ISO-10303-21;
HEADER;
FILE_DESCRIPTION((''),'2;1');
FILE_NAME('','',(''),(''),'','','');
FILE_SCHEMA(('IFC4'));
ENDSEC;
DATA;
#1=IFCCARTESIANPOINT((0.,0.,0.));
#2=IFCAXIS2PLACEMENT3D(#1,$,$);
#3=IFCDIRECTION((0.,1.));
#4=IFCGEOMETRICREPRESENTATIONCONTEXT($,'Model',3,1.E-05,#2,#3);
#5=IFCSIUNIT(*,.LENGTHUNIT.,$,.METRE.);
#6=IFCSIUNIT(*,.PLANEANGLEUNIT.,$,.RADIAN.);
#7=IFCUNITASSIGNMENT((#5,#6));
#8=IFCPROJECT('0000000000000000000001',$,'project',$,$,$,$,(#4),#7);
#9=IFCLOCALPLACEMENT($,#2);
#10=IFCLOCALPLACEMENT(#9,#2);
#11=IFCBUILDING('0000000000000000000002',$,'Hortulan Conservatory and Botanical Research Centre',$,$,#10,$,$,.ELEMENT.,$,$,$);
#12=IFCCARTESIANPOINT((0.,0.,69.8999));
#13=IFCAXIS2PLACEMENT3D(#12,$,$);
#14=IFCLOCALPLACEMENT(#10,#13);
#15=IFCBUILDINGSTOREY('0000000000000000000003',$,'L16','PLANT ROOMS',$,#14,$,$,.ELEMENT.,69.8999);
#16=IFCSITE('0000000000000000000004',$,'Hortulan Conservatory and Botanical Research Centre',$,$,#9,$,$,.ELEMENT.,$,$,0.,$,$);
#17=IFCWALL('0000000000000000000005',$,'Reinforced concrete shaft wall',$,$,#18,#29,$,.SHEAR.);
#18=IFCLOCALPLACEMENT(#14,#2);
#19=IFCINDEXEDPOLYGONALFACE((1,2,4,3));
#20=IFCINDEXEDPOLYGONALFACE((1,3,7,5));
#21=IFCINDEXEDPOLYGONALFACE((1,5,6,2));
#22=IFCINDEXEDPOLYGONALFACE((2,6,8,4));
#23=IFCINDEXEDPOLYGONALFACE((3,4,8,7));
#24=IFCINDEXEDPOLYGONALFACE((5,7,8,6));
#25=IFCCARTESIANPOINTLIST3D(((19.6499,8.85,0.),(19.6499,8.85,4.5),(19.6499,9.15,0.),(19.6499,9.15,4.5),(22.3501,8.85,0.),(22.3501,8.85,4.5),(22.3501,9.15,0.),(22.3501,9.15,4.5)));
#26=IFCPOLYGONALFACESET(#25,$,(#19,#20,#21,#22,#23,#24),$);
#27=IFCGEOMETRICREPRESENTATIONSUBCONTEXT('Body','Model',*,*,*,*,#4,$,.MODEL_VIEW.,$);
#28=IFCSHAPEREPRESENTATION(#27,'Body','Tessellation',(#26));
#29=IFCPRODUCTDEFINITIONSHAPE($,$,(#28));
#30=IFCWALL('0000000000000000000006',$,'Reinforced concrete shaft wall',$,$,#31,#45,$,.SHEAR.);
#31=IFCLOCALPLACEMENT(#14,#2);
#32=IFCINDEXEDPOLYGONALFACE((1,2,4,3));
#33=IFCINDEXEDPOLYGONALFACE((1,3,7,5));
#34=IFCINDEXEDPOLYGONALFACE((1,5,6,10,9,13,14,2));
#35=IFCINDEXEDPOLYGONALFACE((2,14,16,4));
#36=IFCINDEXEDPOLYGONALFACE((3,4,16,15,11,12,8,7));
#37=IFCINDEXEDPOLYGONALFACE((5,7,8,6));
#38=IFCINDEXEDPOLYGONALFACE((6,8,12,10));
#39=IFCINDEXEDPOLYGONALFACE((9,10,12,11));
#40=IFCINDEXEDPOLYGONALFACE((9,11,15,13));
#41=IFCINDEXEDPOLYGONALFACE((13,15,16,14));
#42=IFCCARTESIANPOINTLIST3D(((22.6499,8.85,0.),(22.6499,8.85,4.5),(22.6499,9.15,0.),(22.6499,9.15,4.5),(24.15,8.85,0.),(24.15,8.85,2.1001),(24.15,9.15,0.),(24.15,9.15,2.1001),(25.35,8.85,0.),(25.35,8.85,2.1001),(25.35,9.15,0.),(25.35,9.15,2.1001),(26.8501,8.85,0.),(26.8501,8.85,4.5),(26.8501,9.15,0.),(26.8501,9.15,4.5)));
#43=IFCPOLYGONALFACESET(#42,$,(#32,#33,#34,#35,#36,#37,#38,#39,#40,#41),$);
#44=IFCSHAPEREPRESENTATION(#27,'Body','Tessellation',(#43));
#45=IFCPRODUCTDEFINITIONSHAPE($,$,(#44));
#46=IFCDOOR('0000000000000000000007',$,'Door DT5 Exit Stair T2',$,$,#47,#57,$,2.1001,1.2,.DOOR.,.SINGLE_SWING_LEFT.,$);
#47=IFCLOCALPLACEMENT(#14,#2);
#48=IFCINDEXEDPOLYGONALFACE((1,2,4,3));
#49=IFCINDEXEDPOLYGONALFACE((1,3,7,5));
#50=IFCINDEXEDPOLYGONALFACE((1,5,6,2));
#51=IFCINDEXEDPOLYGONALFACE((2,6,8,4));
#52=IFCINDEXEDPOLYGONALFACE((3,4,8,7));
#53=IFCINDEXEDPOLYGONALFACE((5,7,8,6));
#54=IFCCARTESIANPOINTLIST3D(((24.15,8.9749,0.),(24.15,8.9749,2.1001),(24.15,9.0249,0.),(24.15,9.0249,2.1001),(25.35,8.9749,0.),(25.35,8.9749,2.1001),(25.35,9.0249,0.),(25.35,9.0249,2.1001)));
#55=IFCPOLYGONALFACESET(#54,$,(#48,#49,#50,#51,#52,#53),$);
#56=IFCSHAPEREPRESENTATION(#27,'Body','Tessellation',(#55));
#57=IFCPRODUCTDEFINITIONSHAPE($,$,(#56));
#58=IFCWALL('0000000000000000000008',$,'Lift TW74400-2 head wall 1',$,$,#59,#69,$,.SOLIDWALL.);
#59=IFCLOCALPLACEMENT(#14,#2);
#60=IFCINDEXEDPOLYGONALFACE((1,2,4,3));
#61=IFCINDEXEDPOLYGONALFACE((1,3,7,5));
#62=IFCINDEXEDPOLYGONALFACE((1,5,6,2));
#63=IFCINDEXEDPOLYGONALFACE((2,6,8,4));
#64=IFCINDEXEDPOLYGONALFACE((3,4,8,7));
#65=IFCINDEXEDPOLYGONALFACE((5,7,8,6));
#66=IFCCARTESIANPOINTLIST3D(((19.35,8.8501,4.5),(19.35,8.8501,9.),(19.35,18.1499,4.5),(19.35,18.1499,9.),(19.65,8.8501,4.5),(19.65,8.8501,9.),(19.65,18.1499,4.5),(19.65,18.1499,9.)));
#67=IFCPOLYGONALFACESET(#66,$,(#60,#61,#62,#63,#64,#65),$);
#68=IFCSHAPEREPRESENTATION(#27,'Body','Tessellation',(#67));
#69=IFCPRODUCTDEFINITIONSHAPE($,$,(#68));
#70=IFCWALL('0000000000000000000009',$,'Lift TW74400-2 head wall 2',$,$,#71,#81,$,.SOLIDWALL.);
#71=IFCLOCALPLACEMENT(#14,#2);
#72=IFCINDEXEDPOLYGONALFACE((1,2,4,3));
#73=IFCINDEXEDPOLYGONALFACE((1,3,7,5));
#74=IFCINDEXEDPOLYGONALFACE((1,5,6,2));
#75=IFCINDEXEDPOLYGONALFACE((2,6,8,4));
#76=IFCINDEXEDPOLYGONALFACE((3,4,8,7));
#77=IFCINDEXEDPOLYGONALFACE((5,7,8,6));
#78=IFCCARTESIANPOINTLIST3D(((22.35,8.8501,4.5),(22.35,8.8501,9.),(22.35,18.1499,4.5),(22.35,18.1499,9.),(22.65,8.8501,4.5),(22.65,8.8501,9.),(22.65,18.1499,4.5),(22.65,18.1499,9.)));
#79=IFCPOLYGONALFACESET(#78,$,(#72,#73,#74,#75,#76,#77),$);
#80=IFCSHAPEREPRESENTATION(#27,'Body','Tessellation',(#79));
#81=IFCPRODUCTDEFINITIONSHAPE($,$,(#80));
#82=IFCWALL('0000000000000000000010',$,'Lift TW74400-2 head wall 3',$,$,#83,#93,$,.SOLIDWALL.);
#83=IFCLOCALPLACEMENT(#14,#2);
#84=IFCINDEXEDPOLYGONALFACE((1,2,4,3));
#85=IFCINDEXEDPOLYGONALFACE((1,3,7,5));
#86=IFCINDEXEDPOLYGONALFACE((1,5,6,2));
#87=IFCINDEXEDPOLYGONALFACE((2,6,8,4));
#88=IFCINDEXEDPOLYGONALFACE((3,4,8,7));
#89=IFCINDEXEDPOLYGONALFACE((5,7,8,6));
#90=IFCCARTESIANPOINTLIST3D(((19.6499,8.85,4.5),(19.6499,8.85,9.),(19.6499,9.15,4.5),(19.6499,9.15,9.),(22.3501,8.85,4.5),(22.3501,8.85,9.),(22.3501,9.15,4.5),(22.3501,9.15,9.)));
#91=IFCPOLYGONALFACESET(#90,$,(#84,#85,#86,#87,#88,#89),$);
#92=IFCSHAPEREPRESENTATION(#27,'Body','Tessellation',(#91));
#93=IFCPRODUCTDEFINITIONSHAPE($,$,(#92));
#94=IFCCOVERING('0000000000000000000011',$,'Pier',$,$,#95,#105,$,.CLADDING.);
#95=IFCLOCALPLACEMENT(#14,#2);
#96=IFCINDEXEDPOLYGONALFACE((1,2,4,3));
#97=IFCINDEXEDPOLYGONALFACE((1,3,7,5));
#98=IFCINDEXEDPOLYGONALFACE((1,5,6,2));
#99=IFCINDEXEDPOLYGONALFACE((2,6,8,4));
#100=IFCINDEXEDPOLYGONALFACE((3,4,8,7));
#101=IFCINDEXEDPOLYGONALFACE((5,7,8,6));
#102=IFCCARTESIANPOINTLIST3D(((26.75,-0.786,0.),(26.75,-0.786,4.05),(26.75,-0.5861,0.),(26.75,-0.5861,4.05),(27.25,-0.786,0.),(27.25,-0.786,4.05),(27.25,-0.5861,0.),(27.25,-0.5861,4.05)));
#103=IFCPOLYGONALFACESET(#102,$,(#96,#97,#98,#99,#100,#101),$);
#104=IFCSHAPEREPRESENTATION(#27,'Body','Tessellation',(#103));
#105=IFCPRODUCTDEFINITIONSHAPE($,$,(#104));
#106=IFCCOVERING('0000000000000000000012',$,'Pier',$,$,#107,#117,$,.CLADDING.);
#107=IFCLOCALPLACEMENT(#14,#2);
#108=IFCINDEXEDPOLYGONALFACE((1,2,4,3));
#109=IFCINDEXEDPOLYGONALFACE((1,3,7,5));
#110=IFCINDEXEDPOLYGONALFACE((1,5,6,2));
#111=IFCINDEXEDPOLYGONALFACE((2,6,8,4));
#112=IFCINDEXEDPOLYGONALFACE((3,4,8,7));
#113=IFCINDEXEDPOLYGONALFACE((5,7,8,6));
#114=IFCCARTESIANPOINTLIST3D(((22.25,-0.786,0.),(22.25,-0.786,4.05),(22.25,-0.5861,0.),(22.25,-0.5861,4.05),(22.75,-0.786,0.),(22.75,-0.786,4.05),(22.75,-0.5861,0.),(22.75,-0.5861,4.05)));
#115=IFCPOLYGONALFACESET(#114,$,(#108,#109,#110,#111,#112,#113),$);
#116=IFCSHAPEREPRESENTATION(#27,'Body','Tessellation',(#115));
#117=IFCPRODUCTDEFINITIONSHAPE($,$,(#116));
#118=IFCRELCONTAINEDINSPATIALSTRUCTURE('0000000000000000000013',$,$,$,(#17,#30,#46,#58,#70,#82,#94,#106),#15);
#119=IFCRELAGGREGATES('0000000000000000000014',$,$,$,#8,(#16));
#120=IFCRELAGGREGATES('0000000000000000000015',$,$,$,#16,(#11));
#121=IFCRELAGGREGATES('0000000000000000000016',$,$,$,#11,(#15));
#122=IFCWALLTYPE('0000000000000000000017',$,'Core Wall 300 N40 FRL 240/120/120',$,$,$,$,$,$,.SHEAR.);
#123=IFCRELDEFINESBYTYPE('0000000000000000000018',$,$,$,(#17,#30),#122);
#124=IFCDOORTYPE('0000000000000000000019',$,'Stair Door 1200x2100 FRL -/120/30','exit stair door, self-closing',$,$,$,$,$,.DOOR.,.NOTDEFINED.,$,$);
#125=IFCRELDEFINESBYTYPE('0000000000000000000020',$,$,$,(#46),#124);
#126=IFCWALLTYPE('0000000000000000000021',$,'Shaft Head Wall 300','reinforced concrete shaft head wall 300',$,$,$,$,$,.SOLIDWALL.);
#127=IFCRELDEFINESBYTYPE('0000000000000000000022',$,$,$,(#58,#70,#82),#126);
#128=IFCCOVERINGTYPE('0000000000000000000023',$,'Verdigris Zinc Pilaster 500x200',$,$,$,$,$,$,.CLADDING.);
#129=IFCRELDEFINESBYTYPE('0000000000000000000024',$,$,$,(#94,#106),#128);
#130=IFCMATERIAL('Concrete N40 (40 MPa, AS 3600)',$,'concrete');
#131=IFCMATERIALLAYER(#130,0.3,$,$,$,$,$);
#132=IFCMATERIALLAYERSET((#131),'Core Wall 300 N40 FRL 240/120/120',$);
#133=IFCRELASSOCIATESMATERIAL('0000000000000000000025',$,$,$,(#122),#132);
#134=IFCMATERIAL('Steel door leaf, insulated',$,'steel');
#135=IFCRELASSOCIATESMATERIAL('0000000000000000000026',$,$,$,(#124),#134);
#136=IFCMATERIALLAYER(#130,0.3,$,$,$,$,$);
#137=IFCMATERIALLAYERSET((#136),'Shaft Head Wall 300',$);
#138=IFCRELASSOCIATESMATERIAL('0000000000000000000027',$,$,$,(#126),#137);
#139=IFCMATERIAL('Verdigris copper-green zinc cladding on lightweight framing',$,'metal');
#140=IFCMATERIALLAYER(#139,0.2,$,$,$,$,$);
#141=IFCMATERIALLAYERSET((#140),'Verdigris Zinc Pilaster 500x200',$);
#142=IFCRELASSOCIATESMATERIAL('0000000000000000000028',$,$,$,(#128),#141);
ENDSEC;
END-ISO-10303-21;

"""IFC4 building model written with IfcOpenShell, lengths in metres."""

from ifc_helpers import new_model, si_unit, direction, frame, frame_2d, origin, origin_2d, place, context, subcontext, project, spatial, rectangle, extrude, material, layer, layer_set, type_object, element, fill, save


model = new_model("IFC4")

# Units and contexts
model_context = context("Model", 3, precision=1e-05, world=origin(), true_north=direction((0.0, 1.0)))
body_context = subcontext(model_context, "Body", "Model", "MODEL_VIEW")
ifc_project = project(units=[si_unit("LENGTHUNIT", "METRE"), si_unit("PLANEANGLEUNIT", "RADIAN")], contexts=[model_context])

# Site, building, storey
site_placement = place(None, origin())
site = spatial("IfcSite", under=ifc_project, at=site_placement, Name="Hortulan Conservatory and Botanical Research Centre", CompositionType="ELEMENT", RefElevation=0.0)
building_placement = place(site_placement, origin())
building = spatial("IfcBuilding", under=site, at=building_placement, Name="Hortulan Conservatory and Botanical Research Centre", CompositionType="ELEMENT")
storey_placement = place(building_placement, frame((0.0, 0.0, 69.8999)))
storey = spatial("IfcBuildingStorey", under=building, at=storey_placement, Name="L16", Description="PLANT ROOMS", CompositionType="ELEMENT", Elevation=69.8999)

# Shared definitions
ifc_material_1 = material(Name="Concrete N40 (40 MPa, AS 3600)", Category="concrete")
ifc_layer_1 = layer(ifc_material_1, 0.3)
ifc_layer_set_1 = layer_set([ifc_layer_1], Name="Core Wall 300 N40 FRL 240/120/120")
wall_type_1 = type_object("IfcWallType", Name="Core Wall 300 N40 FRL 240/120/120", PredefinedType="SHEAR", material=ifc_layer_set_1)

# Wall
wall_1_placement = place(storey_placement, frame((19.6499, 9.0, 0.0), z_axis=(0.0, 0.0, 1.0), x_axis=(1.0, 0.0, 0.0)))
element("IfcWall", 1, at=wall_1_placement, inside=storey, type_object=wall_type_1, Name="Reinforced concrete shaft wall", PredefinedType="SHEAR", context=body_context, shape_type="SweptSolid", body=[
    extrude(rectangle(XDim=2.7002, YDim=0.3, at=frame_2d((1.3501, 0.0))), origin(), (0.0, 0.0, 1.0), 4.5),
])

# Wall, opening, door
wall_2_placement = place(storey_placement, frame((22.6499, 9.0, 0.0), z_axis=(0.0, 0.0, 1.0), x_axis=(1.0, 0.0, 0.0)))
wall_2 = element("IfcWall", 2, at=wall_2_placement, inside=storey, type_object=wall_type_1, Name="Reinforced concrete shaft wall", PredefinedType="SHEAR", context=body_context, shape_type="SweptSolid", body=[
    extrude(rectangle(XDim=4.2002, YDim=0.3, at=frame_2d((2.1001, 0.0))), origin(), (0.0, 0.0, 1.0), 4.5),
])
opening_1_placement = place(wall_2_placement, frame((1.5, 0.0, 0.0)))
opening_1 = element("IfcOpeningElement", 3, at=opening_1_placement, cuts=wall_2, PredefinedType="OPENING", context=body_context, shape_type="SweptSolid", body=[
    extrude(rectangle(XDim=1.2, YDim=2.1001, at=frame_2d((0.6001, 1.05))), frame((0.0, 0.1599, 0.0), z_axis=(0.0, -1.0, 0.0), x_axis=(1.0, 0.0, 0.0)), (0.0, 0.0, 1.0), 0.3201),
])
ifc_material_2 = material(Name="Steel door leaf, insulated", Category="steel")
door_type_1 = type_object("IfcDoorType", Name="Stair Door 1200x2100 FRL -/120/30", Description="exit stair door, self-closing", OperationType="NOTDEFINED", PredefinedType="DOOR", material=ifc_material_2)
door_1_placement = place(opening_1_placement, origin())
door_1 = element("IfcDoor", 4, at=door_1_placement, inside=storey, type_object=door_type_1, Name="Door DT5 Exit Stair T2", OperationType="SINGLE_SWING_LEFT", OverallHeight=2.1001, OverallWidth=1.2, PredefinedType="DOOR", context=body_context, shape_type="SweptSolid", body=[
    extrude(rectangle(XDim=1.2, YDim=2.1001, at=frame_2d((0.6001, 1.05))), frame((0.0, 0.0249, 0.0), z_axis=(0.0, -1.0, 0.0), x_axis=(1.0, 0.0, 0.0)), (0.0, 0.0, 1.0), 0.05),
])
fill(opening_1, door_1)

# Walls
ifc_layer_2 = layer(ifc_material_1, 0.3)
ifc_layer_set_2 = layer_set([ifc_layer_2], Name="Shaft Head Wall 300")
wall_type_2 = type_object("IfcWallType", Name="Shaft Head Wall 300", Description="reinforced concrete shaft head wall 300", PredefinedType="SOLIDWALL", material=ifc_layer_set_2)
for number, where, z_axis, x_axis, name in (
    (5, (19.5, 8.8501, 4.5), (0.0, 0.0, 1.0), (0.0, 1.0, 0.0), "Lift TW74400-2 head wall 1"),
    (6, (22.5, 8.8501, 4.5), (0.0, 0.0, 1.0), (0.0, 1.0, 0.0), "Lift TW74400-2 head wall 2"),
):
    element("IfcWall", number, at=place(storey_placement, frame(where, z_axis=z_axis, x_axis=x_axis)), inside=storey, type_object=wall_type_2, Name=name, PredefinedType="SOLIDWALL", context=body_context, shape_type="SweptSolid", body=[
        extrude(rectangle(XDim=9.2998, YDim=0.3, at=frame_2d((4.6499, 0.0))), origin(), (0.0, 0.0, 1.0), 4.5),
    ])
wall_3_placement = place(storey_placement, frame((19.6499, 9.0, 4.5), z_axis=(0.0, 0.0, 1.0), x_axis=(1.0, 0.0, 0.0)))
element("IfcWall", 7, at=wall_3_placement, inside=storey, type_object=wall_type_2, Name="Lift TW74400-2 head wall 3", PredefinedType="SOLIDWALL", context=body_context, shape_type="SweptSolid", body=[
    extrude(rectangle(XDim=2.7002, YDim=0.3, at=frame_2d((1.3501, 0.0))), origin(), (0.0, 0.0, 1.0), 4.5),
])

# Coverings
ifc_material_3 = material(Name="Verdigris copper-green zinc cladding on lightweight framing", Category="metal")
ifc_layer_3 = layer(ifc_material_3, 0.2)
ifc_layer_set_3 = layer_set([ifc_layer_3], Name="Verdigris Zinc Pilaster 500x200")
covering_type = type_object("IfcCoveringType", Name="Verdigris Zinc Pilaster 500x200", PredefinedType="CLADDING", material=ifc_layer_set_3)
for number, where, z_axis, x_axis, name in (
    (8, (27.0, -0.686, 0.0), (0.0, 0.0, 1.0), (-1.0, 0.0, 0.0), "Pier"),
    (9, (22.5, -0.686, 0.0), (0.0, 0.0, 1.0), (-1.0, 0.0, 0.0), "Pier"),
):
    element("IfcCovering", number, at=place(storey_placement, frame(where, z_axis=z_axis, x_axis=x_axis)), inside=storey, type_object=covering_type, Name=name, PredefinedType="CLADDING", context=body_context, shape_type="SweptSolid", body=[
        extrude(rectangle(XDim=0.5, YDim=0.2, at=origin_2d()), origin(), (0.0, 0.0, 1.0), 4.05),
    ])

save(model, "model.ifc")
